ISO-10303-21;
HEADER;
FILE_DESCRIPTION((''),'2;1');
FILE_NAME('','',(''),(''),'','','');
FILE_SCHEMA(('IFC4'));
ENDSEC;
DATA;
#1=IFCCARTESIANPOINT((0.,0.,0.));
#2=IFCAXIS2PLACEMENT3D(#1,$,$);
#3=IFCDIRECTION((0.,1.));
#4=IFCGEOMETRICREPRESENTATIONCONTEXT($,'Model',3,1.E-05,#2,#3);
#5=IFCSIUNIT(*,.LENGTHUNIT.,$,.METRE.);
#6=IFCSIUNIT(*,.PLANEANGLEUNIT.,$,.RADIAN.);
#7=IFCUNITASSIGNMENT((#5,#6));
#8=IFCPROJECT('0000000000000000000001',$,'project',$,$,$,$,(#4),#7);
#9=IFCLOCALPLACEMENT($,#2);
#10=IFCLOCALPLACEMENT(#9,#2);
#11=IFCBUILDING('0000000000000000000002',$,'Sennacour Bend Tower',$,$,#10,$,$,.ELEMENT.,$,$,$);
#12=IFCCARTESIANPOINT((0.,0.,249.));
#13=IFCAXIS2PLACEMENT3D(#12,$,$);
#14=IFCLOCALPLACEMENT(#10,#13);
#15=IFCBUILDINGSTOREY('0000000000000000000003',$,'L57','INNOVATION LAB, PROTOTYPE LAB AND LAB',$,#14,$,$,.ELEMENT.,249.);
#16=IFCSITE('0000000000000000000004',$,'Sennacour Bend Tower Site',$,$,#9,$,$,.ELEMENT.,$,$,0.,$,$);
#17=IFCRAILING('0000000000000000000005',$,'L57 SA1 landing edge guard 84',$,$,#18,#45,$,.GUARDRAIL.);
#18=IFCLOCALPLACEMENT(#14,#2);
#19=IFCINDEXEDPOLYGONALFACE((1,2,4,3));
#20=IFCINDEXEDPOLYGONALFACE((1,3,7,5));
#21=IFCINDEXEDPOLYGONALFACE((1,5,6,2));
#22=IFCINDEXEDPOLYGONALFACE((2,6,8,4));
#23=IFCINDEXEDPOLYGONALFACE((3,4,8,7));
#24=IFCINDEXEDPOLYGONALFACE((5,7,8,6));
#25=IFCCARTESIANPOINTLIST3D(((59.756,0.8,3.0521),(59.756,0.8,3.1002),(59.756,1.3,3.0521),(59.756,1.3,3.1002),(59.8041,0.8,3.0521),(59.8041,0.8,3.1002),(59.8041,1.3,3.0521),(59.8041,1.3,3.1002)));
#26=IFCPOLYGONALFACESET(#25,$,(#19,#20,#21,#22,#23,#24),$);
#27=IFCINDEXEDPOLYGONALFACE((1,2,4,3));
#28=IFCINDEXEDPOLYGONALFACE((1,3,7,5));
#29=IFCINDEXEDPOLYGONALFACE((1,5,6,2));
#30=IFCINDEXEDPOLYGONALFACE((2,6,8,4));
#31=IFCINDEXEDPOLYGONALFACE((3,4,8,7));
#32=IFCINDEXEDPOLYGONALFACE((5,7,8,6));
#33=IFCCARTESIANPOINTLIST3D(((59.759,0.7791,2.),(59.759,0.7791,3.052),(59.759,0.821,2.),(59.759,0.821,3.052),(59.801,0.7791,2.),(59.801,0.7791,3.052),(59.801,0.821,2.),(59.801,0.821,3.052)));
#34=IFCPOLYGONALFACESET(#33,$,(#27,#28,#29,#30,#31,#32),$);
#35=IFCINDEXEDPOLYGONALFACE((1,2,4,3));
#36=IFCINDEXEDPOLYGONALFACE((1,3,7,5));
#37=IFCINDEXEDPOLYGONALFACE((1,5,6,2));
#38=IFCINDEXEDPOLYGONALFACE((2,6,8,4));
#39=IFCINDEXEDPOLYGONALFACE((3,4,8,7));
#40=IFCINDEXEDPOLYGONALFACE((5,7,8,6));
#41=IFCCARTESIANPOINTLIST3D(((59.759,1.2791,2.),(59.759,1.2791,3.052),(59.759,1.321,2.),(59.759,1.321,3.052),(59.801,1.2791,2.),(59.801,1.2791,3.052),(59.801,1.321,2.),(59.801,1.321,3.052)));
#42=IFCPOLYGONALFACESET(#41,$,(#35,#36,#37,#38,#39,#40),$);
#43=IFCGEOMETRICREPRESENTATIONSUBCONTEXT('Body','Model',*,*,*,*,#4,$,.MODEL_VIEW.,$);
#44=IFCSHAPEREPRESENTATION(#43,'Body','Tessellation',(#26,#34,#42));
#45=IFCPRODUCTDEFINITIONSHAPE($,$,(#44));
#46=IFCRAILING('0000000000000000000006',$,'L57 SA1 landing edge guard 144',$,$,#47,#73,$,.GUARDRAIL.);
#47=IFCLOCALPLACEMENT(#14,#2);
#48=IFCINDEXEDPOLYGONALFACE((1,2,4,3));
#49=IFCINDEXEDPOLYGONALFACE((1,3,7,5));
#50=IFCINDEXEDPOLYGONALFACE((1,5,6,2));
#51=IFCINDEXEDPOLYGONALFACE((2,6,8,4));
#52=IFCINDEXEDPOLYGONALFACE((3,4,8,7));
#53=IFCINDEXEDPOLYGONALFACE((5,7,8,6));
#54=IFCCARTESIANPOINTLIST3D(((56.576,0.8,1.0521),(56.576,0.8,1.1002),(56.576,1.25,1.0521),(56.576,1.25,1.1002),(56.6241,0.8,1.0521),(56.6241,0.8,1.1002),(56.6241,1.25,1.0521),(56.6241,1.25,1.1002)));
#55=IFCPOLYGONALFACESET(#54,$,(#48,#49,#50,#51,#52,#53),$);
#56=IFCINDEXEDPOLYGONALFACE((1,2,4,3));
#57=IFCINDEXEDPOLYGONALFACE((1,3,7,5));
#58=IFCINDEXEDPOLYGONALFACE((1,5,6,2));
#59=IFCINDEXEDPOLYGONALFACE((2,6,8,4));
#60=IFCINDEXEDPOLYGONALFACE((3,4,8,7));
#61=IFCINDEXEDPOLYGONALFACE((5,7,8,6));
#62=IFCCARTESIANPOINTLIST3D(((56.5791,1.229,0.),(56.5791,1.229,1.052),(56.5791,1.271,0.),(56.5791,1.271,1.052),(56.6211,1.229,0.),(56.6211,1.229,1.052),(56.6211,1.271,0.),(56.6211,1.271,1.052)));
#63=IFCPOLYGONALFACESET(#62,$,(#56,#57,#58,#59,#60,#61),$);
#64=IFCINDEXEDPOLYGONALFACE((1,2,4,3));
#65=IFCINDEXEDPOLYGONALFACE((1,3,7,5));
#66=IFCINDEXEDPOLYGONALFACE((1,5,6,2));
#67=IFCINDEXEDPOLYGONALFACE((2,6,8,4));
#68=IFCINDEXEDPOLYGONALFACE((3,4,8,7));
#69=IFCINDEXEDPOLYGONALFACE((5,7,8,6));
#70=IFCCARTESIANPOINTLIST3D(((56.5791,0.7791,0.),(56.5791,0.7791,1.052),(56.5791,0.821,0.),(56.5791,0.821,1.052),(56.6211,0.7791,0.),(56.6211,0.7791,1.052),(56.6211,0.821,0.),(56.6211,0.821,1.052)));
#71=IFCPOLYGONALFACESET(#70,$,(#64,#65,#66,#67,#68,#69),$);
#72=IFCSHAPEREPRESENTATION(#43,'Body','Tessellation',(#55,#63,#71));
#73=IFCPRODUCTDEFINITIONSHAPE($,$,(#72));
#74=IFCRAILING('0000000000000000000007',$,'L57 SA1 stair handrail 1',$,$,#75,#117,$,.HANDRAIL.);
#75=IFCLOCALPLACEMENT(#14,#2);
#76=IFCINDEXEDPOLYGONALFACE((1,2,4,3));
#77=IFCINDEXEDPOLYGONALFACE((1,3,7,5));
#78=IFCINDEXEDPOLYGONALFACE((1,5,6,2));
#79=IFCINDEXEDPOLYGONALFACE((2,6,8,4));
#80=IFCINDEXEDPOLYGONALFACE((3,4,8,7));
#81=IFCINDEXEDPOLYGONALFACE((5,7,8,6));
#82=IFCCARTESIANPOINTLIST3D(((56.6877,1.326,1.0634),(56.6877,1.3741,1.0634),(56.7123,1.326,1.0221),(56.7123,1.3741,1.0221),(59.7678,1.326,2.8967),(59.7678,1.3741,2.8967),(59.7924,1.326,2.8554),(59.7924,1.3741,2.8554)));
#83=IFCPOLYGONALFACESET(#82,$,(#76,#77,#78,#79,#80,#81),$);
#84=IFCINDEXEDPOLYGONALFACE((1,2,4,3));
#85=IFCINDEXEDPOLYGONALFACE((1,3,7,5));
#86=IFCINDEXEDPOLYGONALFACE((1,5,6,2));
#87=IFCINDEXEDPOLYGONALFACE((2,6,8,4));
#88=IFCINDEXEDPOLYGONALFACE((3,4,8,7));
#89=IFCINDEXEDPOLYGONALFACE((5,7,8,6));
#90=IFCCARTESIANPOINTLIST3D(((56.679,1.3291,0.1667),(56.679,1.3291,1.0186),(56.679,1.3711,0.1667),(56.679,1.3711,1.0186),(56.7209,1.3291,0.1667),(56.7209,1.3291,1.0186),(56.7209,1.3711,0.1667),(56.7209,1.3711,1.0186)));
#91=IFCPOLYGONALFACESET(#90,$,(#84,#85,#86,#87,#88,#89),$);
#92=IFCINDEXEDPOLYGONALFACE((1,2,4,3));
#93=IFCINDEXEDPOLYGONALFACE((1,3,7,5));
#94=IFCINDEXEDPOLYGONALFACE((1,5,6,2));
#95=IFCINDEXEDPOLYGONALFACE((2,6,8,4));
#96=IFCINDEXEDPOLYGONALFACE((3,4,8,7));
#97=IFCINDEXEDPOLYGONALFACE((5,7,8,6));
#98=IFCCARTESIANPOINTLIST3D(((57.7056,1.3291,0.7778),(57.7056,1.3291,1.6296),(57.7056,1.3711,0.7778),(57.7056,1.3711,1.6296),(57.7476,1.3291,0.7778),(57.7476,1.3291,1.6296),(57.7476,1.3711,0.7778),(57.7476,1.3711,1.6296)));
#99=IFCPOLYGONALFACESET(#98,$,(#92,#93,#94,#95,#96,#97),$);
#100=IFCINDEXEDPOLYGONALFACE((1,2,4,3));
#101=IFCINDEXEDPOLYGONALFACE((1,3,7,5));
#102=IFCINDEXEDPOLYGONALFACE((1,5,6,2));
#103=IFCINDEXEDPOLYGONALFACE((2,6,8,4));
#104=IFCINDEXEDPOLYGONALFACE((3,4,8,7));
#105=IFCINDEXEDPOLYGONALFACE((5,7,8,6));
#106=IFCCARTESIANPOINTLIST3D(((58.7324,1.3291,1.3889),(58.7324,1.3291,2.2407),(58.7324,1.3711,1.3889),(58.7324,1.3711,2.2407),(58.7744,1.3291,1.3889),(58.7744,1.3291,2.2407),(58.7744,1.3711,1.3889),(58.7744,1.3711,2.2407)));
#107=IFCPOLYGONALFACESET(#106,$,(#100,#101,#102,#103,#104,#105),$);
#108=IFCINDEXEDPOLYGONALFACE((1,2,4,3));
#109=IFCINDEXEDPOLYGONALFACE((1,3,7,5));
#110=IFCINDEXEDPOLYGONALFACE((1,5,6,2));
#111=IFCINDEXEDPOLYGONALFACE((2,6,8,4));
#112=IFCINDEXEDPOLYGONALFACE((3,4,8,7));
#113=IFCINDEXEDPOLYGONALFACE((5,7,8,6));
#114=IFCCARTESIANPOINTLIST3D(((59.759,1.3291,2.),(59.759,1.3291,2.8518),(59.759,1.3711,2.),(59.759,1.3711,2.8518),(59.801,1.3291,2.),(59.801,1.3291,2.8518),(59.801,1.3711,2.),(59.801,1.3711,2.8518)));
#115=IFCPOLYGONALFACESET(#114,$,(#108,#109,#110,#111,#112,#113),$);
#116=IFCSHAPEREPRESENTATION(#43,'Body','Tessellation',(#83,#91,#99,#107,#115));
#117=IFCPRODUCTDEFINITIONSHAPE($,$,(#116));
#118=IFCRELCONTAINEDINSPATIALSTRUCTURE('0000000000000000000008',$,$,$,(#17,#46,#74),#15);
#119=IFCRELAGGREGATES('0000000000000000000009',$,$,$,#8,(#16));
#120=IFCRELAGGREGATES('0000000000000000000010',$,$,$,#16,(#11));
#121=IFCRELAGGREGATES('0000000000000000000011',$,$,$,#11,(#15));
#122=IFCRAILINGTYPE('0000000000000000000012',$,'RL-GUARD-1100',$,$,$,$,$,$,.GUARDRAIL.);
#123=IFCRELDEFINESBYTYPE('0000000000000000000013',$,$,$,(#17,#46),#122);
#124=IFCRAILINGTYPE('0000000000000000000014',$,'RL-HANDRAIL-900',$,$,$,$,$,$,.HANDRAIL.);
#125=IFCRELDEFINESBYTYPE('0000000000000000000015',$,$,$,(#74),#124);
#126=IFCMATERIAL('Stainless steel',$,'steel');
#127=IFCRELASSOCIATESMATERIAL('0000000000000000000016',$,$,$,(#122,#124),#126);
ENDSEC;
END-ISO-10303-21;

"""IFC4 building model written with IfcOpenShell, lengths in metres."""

from ifc_helpers import new_model, si_unit, direction, frame, origin, origin_2d, place, context, subcontext, project, spatial, rectangle, extrude, material, type_object, element, save


model = new_model("IFC4")

# Units and contexts
model_context = context("Model", 3, precision=1e-05, world=origin(), true_north=direction((0.0, 1.0)))
body_context = subcontext(model_context, "Body", "Model", "MODEL_VIEW")
ifc_project = project(units=[si_unit("LENGTHUNIT", "METRE"), si_unit("PLANEANGLEUNIT", "RADIAN")], contexts=[model_context])

# Site, building, storey
site_placement = place(None, origin())
site = spatial("IfcSite", under=ifc_project, at=site_placement, Name="Sennacour Bend Tower Site", CompositionType="ELEMENT", RefElevation=0.0)
building_placement = place(site_placement, origin())
building = spatial("IfcBuilding", under=site, at=building_placement, Name="Sennacour Bend Tower", CompositionType="ELEMENT")
storey_placement = place(building_placement, frame((0.0, 0.0, 249.0)))
storey = spatial("IfcBuildingStorey", under=building, at=storey_placement, Name="L57", Description="INNOVATION LAB, PROTOTYPE LAB AND LAB", CompositionType="ELEMENT", Elevation=249.0)

# Shared definitions
ifc_material_1 = material(Name="Stainless steel", Category="steel")

# Railings
railing_type_1 = type_object("IfcRailingType", Name="RL-GUARD-1100", PredefinedType="GUARDRAIL", material=ifc_material_1)
railing_1_placement = place(storey_placement, frame((59.78, 0.8, 2.0)))
element("IfcRailing", 1, at=railing_1_placement, inside=storey, type_object=railing_type_1, Name="L57 SA1 landing edge guard 84", PredefinedType="GUARDRAIL", context=body_context, shape_type="SweptSolid", body=[
    extrude(rectangle(XDim=0.0481, YDim=0.0481, at=origin_2d()), frame((0.0, 0.0, 1.0762), z_axis=(0.0, 1.0, 0.0), x_axis=(-1.0, 0.0, 0.0)), (0.0, 0.0, 1.0), 0.5),
    extrude(rectangle(XDim=0.042, YDim=0.042, at=origin_2d()), origin(), (0.0, 0.0, 1.0), 1.052),
    extrude(rectangle(XDim=0.042, YDim=0.042, at=origin_2d()), frame((0.0, 0.5, 0.0)), (0.0, 0.0, 1.0), 1.052),
])
railing_2_placement = place(storey_placement, frame((56.6001, 1.25, 0.0)))
element("IfcRailing", 2, at=railing_2_placement, inside=storey, type_object=railing_type_1, Name="L57 SA1 landing edge guard 144", PredefinedType="GUARDRAIL", context=body_context, shape_type="SweptSolid", body=[
    extrude(rectangle(XDim=0.0481, YDim=0.0481, at=origin_2d()), frame((0.0, 0.0, 1.0762), z_axis=(0.0, -1.0, 0.0), x_axis=(1.0, 0.0, 0.0)), (0.0, 0.0, 1.0), 0.45),
    extrude(rectangle(XDim=0.042, YDim=0.042, at=origin_2d()), origin(), (0.0, 0.0, 1.0), 1.052),
    extrude(rectangle(XDim=0.042, YDim=0.042, at=origin_2d()), frame((0.0, -0.45, 0.0)), (0.0, 0.0, 1.0), 1.052),
])
railing_type_2 = type_object("IfcRailingType", Name="RL-HANDRAIL-900", PredefinedType="HANDRAIL", material=ifc_material_1)
railing_3_placement = place(storey_placement, frame((56.7, 1.3501, 0.1667)))
element("IfcRailing", 3, at=railing_3_placement, inside=storey, type_object=railing_type_2, Name="L57 SA1 stair handrail 1", PredefinedType="HANDRAIL", context=body_context, shape_type="SweptSolid", body=[
    extrude(rectangle(XDim=0.0481, YDim=0.0481, at=origin_2d()), frame((0.0, 0.0, 0.876), z_axis=(0.859309, 0.0, 0.511458), x_axis=(0.0, 1.0, 0.0)), (0.0, 0.0, 1.0), 3.5845),
    extrude(rectangle(XDim=0.042, YDim=0.042, at=origin_2d()), origin(), (0.0, 0.0, 1.0), 0.8518),
    extrude(rectangle(XDim=0.042, YDim=0.042, at=origin_2d()), frame((1.0266, 0.0, 0.6111)), (0.0, 0.0, 1.0), 0.8518),
    extrude(rectangle(XDim=0.042, YDim=0.042, at=origin_2d()), frame((2.0535, 0.0, 1.2222)), (0.0, 0.0, 1.0), 0.8518),
    extrude(rectangle(XDim=0.042, YDim=0.042, at=origin_2d()), frame((3.0801, 0.0, 1.8333)), (0.0, 0.0, 1.0), 0.8518),
])

save(model, "model.ifc")
